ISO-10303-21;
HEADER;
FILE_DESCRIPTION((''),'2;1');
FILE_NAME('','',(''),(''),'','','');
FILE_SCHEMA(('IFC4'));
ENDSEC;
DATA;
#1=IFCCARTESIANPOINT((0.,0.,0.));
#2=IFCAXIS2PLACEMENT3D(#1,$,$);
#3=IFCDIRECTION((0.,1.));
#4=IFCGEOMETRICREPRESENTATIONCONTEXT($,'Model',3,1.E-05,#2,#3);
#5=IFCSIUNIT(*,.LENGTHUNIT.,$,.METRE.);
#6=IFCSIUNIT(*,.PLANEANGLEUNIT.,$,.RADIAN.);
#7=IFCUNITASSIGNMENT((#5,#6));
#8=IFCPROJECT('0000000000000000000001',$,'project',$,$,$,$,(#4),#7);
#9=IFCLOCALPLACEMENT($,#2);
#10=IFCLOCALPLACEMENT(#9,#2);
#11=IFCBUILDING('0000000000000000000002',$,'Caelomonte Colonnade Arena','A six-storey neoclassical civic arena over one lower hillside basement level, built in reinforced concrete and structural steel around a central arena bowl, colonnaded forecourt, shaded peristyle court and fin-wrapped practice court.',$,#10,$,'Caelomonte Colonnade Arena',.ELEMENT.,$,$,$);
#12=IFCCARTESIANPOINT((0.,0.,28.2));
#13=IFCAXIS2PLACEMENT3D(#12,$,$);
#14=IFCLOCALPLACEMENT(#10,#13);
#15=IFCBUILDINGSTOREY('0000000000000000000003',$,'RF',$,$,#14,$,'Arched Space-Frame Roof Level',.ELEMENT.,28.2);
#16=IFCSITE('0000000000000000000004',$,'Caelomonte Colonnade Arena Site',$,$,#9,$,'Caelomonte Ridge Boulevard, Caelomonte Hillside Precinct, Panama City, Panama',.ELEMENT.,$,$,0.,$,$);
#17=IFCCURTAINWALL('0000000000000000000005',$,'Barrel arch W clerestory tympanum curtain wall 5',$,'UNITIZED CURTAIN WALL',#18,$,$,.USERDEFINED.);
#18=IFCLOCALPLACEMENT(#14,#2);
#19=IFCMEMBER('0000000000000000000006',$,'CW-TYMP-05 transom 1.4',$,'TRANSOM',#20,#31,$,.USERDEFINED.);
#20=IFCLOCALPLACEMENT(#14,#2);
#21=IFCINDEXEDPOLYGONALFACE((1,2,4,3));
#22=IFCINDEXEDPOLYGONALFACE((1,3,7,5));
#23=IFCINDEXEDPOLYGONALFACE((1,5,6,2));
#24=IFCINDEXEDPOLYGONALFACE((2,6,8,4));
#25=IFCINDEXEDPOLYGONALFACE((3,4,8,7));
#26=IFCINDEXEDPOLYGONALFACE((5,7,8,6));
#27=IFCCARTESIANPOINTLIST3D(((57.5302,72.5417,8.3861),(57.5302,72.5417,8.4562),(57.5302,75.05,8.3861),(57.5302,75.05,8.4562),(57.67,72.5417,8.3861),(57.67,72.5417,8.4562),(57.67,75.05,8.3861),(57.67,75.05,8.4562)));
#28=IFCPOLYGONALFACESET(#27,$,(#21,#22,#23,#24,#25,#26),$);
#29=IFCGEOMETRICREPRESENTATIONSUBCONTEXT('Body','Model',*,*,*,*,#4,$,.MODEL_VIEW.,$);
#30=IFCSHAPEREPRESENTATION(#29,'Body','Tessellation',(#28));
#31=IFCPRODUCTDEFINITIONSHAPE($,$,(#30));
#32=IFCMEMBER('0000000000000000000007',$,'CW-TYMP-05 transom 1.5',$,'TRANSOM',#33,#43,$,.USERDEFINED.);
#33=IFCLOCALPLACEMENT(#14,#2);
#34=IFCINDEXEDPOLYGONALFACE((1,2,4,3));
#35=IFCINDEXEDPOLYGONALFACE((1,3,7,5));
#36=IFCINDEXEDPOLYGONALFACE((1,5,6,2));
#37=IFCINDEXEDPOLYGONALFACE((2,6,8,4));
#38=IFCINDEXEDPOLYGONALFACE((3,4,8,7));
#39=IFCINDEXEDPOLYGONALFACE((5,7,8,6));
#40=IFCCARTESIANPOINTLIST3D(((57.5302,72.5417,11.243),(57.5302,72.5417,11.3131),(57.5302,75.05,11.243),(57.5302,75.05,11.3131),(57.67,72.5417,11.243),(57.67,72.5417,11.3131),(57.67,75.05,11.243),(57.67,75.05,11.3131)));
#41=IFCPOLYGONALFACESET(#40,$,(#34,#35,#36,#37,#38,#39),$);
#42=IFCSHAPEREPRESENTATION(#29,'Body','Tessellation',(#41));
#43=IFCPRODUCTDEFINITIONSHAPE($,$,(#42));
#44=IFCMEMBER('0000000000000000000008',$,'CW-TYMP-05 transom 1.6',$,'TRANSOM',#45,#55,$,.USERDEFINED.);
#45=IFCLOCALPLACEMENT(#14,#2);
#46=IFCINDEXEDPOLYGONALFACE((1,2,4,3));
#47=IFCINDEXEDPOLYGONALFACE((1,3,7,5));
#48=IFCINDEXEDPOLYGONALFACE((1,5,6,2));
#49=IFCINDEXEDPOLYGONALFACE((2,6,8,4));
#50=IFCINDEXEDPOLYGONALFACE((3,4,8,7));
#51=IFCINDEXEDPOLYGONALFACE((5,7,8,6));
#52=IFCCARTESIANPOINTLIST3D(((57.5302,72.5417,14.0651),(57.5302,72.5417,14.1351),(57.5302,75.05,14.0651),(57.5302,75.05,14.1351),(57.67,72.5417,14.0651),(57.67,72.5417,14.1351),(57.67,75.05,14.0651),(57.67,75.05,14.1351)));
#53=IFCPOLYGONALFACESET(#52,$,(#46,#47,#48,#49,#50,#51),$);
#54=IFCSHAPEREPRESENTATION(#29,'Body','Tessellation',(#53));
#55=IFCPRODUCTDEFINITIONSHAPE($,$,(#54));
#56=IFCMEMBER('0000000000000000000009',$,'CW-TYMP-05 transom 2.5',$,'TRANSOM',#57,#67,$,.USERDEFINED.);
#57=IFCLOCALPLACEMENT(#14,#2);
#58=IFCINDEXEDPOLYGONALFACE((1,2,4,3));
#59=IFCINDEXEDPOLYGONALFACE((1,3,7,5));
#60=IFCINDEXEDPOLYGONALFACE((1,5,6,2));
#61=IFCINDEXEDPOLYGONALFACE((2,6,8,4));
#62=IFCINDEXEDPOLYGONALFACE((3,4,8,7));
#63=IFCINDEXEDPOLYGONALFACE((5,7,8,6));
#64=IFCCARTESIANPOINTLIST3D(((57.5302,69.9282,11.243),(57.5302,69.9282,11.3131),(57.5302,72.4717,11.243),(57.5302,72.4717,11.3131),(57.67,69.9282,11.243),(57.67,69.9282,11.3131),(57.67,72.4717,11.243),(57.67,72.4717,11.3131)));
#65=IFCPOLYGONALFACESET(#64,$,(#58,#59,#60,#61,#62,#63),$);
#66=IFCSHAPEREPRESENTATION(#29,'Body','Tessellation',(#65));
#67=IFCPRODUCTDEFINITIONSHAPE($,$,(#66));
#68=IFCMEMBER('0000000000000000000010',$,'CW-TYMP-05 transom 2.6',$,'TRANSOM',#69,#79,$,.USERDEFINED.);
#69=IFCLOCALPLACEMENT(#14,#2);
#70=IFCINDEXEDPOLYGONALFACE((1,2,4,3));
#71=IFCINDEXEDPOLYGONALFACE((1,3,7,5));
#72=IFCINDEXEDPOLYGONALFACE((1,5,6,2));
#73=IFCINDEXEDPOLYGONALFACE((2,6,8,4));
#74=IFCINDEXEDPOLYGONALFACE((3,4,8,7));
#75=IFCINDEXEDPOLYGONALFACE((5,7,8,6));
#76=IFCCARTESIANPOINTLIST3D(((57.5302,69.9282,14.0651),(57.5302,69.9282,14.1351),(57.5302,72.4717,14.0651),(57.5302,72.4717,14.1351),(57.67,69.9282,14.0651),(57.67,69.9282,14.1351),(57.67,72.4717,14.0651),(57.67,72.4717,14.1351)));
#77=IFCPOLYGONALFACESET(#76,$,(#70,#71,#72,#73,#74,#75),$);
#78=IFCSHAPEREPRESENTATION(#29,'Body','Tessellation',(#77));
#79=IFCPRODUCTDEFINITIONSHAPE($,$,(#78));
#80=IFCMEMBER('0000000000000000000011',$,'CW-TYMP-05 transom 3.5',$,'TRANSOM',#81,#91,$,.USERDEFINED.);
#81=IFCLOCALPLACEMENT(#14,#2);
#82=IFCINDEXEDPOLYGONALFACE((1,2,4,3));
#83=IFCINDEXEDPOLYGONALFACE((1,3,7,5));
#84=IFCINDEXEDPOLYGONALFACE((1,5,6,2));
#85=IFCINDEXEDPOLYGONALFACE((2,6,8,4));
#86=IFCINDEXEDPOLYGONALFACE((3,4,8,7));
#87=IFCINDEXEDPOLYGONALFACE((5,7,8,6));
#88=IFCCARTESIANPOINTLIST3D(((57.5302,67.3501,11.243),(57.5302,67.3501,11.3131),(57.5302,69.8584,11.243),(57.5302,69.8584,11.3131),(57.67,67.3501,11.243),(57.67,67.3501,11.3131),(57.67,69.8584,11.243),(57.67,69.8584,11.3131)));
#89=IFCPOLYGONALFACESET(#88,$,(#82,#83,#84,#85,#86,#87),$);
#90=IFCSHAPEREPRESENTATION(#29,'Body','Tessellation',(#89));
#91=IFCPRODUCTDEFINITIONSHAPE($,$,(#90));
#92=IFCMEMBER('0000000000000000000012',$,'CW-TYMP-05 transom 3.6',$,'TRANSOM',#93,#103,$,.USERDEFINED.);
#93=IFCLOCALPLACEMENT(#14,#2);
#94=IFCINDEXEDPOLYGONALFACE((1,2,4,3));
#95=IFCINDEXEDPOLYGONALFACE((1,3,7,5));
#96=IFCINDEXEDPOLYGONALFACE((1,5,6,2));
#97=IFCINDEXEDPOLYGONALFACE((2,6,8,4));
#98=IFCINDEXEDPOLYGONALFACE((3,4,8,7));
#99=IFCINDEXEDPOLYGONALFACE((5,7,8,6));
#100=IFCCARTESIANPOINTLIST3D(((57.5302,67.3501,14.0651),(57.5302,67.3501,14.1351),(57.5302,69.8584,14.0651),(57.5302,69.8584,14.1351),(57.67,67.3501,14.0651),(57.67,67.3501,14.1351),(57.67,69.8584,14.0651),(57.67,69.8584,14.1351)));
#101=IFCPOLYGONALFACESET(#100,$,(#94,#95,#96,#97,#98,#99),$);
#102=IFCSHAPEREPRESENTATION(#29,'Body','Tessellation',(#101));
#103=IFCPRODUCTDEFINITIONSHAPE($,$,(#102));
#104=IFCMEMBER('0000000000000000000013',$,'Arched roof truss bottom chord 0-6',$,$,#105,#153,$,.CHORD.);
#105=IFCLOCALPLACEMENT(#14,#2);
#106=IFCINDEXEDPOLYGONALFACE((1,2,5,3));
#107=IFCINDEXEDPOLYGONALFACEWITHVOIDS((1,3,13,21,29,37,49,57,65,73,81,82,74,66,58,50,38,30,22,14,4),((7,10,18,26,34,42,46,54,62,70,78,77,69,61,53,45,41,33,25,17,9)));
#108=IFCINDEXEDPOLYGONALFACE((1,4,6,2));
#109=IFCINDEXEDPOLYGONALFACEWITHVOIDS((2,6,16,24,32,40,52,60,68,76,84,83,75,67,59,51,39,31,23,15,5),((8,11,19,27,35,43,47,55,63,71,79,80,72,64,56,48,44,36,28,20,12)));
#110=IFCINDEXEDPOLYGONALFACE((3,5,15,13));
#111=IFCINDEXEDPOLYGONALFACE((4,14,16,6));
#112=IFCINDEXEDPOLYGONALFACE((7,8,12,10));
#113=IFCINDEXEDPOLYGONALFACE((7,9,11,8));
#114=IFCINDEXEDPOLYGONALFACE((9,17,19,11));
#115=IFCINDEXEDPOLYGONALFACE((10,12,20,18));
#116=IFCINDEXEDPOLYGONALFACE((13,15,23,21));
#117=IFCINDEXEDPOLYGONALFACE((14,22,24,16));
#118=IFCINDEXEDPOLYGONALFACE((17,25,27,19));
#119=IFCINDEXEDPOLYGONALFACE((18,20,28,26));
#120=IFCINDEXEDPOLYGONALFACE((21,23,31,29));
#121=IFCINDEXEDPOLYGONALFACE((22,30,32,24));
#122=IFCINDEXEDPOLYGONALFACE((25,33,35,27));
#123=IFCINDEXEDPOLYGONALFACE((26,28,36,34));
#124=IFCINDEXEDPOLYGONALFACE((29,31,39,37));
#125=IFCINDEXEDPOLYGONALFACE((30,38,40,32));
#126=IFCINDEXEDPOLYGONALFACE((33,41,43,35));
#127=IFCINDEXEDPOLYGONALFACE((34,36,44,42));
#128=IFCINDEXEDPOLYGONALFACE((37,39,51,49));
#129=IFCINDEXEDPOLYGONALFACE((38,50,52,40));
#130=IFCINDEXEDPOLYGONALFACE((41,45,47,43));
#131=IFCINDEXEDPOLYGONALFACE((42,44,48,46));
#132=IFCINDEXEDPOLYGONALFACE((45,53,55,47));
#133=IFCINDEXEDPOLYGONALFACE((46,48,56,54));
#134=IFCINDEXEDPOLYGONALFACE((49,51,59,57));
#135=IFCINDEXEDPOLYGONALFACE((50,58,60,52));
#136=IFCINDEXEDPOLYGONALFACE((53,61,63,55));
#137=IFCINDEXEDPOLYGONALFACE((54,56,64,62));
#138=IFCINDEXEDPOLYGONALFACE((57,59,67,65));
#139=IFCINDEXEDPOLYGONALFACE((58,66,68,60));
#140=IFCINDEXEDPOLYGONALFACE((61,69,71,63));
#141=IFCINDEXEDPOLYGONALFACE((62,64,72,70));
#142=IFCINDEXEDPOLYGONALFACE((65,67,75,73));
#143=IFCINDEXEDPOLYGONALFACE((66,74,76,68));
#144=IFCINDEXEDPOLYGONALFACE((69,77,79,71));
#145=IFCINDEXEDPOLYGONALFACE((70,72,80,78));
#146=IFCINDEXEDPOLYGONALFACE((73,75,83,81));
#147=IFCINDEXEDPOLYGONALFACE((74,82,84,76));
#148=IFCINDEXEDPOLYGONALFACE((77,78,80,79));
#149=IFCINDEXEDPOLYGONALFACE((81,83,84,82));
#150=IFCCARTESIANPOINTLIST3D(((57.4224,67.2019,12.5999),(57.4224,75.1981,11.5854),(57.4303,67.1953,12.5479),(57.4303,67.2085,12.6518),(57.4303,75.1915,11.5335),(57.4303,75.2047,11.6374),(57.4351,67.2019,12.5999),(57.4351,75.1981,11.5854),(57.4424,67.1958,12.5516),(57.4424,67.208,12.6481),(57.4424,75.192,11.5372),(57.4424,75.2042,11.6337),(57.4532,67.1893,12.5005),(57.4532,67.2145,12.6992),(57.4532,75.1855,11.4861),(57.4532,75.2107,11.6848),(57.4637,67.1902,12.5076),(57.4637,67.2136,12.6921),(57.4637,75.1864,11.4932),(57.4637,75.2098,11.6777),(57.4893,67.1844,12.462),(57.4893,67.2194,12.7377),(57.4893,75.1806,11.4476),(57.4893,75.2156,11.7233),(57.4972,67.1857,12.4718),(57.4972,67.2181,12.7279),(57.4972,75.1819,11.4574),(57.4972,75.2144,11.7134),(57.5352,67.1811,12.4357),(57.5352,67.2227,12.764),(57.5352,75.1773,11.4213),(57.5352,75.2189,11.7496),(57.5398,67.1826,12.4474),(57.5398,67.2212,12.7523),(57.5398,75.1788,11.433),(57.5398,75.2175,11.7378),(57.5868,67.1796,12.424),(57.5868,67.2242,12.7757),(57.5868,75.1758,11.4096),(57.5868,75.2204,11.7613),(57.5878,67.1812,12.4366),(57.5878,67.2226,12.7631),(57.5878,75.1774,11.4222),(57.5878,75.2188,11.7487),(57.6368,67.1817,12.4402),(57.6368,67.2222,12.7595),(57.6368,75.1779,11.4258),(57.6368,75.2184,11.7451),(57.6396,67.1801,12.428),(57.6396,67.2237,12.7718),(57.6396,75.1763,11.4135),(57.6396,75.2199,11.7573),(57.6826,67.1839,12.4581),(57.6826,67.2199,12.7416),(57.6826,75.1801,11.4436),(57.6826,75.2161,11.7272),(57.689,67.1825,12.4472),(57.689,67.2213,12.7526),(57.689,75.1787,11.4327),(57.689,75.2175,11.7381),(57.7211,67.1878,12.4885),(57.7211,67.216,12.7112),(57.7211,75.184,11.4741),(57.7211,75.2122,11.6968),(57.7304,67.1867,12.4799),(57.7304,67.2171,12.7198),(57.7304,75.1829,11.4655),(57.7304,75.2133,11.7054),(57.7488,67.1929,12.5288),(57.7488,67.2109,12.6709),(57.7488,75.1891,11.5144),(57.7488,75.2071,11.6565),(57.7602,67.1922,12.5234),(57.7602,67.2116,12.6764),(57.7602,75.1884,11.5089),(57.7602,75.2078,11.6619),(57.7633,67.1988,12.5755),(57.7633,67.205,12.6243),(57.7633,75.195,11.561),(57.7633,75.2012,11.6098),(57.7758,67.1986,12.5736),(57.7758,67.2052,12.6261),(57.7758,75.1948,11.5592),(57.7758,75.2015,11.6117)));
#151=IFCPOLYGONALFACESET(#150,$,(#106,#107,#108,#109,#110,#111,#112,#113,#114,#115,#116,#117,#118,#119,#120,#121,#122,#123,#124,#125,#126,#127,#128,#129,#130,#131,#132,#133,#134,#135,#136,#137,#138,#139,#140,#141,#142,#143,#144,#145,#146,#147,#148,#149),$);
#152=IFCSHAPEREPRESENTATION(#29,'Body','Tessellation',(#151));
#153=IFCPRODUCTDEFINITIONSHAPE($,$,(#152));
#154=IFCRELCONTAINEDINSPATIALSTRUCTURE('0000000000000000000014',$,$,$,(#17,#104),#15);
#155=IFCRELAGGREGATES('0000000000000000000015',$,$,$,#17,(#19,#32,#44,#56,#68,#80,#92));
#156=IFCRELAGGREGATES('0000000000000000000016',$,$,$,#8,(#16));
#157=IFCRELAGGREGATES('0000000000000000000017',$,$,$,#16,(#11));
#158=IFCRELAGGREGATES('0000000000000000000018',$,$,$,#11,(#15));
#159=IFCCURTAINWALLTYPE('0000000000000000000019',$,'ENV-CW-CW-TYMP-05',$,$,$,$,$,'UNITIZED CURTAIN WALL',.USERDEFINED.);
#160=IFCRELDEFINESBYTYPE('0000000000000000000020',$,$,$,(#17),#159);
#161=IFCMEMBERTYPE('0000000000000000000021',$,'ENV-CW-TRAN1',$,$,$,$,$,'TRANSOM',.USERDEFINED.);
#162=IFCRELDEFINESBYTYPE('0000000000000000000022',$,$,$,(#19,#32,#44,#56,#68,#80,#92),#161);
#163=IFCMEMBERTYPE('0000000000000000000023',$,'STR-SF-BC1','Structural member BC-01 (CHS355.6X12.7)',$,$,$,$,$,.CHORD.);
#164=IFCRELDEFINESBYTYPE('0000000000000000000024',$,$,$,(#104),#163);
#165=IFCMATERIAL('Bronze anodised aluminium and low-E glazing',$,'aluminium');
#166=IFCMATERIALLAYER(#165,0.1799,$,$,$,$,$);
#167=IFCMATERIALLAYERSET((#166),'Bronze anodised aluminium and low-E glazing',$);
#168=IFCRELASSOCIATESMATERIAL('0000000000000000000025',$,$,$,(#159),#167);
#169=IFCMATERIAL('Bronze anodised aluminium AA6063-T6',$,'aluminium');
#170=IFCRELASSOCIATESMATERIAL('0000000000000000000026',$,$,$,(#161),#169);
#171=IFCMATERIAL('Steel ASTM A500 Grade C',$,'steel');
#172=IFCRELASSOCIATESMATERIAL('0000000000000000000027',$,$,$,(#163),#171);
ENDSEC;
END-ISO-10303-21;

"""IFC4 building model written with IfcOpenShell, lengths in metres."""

from ifc_helpers import new_model, si_unit, direction, frame, origin, origin_2d, place, context, subcontext, project, spatial, rectangle, hollow_circle, extrude, material, layer, layer_set, material_profile, profile_set, type_object, element, aggregate, save


model = new_model("IFC4")

# Units and contexts
model_context = context("Model", 3, precision=1e-05, world=origin(), true_north=direction((0.0, 1.0)))
body_context = subcontext(model_context, "Body", "Model", "MODEL_VIEW")
ifc_project = project(units=[si_unit("LENGTHUNIT", "METRE"), si_unit("PLANEANGLEUNIT", "RADIAN")], contexts=[model_context])

# Site, building, storey
site_placement = place(None, origin())
site = spatial("IfcSite", under=ifc_project, at=site_placement, Name="Caelomonte Colonnade Arena Site", LongName="Caelomonte Ridge Boulevard, Caelomonte Hillside Precinct, Panama City, Panama", CompositionType="ELEMENT", RefElevation=0.0)
building_placement = place(site_placement, origin())
building = spatial("IfcBuilding", under=site, at=building_placement, Name="Caelomonte Colonnade Arena", Description="A six-storey neoclassical civic arena over one lower hillside basement level, built in reinforced concrete and structural steel around a central arena bowl, colonnaded forecourt, shaded peristyle court and fin-wrapped practice court.", LongName="Caelomonte Colonnade Arena", CompositionType="ELEMENT")
storey_placement = place(building_placement, frame((0.0, 0.0, 28.2)))
storey = spatial("IfcBuildingStorey", under=building, at=storey_placement, Name="RF", LongName="Arched Space-Frame Roof Level", CompositionType="ELEMENT", Elevation=28.2)

# Curtain wall, members
ifc_material_1 = material(Name="Bronze anodised aluminium and low-E glazing", Category="aluminium")
ifc_layer_1 = layer(ifc_material_1, 0.1799)
ifc_layer_set_1 = layer_set([ifc_layer_1], Name="Bronze anodised aluminium and low-E glazing")
curtain_wall_type_1 = type_object("IfcCurtainWallType", Name="ENV-CW-CW-TYMP-05", ElementType="UNITIZED CURTAIN WALL", PredefinedType="USERDEFINED", material=ifc_layer_set_1)
curtain_wall_1_placement = place(storey_placement, origin())
curtain_wall_1 = element("IfcCurtainWall", 1, at=curtain_wall_1_placement, inside=storey, type_object=curtain_wall_type_1, Name="Barrel arch W clerestory tympanum curtain wall 5", ObjectType="UNITIZED CURTAIN WALL", PredefinedType="USERDEFINED")
ifc_material_2 = material(Name="Bronze anodised aluminium AA6063-T6", Category="aluminium")
ifc_material_profile_1 = material_profile(ifc_material_2, rectangle(XDim=0.0701, YDim=0.1399, at=origin_2d()), Name="CWT-70X140")
ifc_profile_set_1 = profile_set([ifc_material_profile_1], Name="Bronze anodised aluminium AA6063-T6")
member_type_1 = type_object("IfcMemberType", Name="ENV-CW-TRAN1", ElementType="TRANSOM", PredefinedType="USERDEFINED", material=ifc_profile_set_1)
member_1_placement = place(storey_placement, frame((57.6001, 75.05, 8.4211), z_axis=(0.0, -1.0, 0.0), x_axis=(0.0, 0.0, 1.0)))
member_1 = element("IfcMember", 2, at=member_1_placement, type_object=member_type_1, Name="CW-TYMP-05 transom 1.4", ObjectType="TRANSOM", PredefinedType="USERDEFINED", context=body_context, shape_type="SweptSolid", body=[
    extrude(rectangle(XDim=0.0701, YDim=0.1399, at=origin_2d()), origin(), (0.0, 0.0, 1.0), 2.5083),
])
member_2_placement = place(storey_placement, frame((57.6001, 75.05, 11.2781), z_axis=(0.0, -1.0, 0.0), x_axis=(0.0, 0.0, 1.0)))
member_2 = element("IfcMember", 3, at=member_2_placement, type_object=member_type_1, Name="CW-TYMP-05 transom 1.5", ObjectType="TRANSOM", PredefinedType="USERDEFINED", context=body_context, shape_type="SweptSolid", body=[
    extrude(rectangle(XDim=0.0701, YDim=0.1399, at=origin_2d()), origin(), (0.0, 0.0, 1.0), 2.5083),
])
member_3_placement = place(storey_placement, frame((57.6001, 75.05, 14.1001), z_axis=(0.0, -1.0, 0.0), x_axis=(0.0, 0.0, 1.0)))
member_3 = element("IfcMember", 4, at=member_3_placement, type_object=member_type_1, Name="CW-TYMP-05 transom 1.6", ObjectType="TRANSOM", PredefinedType="USERDEFINED", context=body_context, shape_type="SweptSolid", body=[
    extrude(rectangle(XDim=0.0701, YDim=0.1399, at=origin_2d()), origin(), (0.0, 0.0, 1.0), 2.5083),
])
member_4_placement = place(storey_placement, frame((57.6001, 72.4717, 11.2781), z_axis=(0.0, -1.0, 0.0), x_axis=(0.0, 0.0, 1.0)))
member_4 = element("IfcMember", 5, at=member_4_placement, type_object=member_type_1, Name="CW-TYMP-05 transom 2.5", ObjectType="TRANSOM", PredefinedType="USERDEFINED", context=body_context, shape_type="SweptSolid", body=[
    extrude(rectangle(XDim=0.0701, YDim=0.1399, at=origin_2d()), origin(), (0.0, 0.0, 1.0), 2.5435),
])
member_5_placement = place(storey_placement, frame((57.6001, 72.4717, 14.1001), z_axis=(0.0, -1.0, 0.0), x_axis=(0.0, 0.0, 1.0)))
member_5 = element("IfcMember", 6, at=member_5_placement, type_object=member_type_1, Name="CW-TYMP-05 transom 2.6", ObjectType="TRANSOM", PredefinedType="USERDEFINED", context=body_context, shape_type="SweptSolid", body=[
    extrude(rectangle(XDim=0.0701, YDim=0.1399, at=origin_2d()), origin(), (0.0, 0.0, 1.0), 2.5435),
])
member_6_placement = place(storey_placement, frame((57.6001, 69.8584, 11.2781), z_axis=(0.0, -1.0, 0.0), x_axis=(0.0, 0.0, 1.0)))
member_6 = element("IfcMember", 7, at=member_6_placement, type_object=member_type_1, Name="CW-TYMP-05 transom 3.5", ObjectType="TRANSOM", PredefinedType="USERDEFINED", context=body_context, shape_type="SweptSolid", body=[
    extrude(rectangle(XDim=0.0701, YDim=0.1399, at=origin_2d()), origin(), (0.0, 0.0, 1.0), 2.5083),
])
member_7_placement = place(storey_placement, frame((57.6001, 69.8584, 14.1001), z_axis=(0.0, -1.0, 0.0), x_axis=(0.0, 0.0, 1.0)))
member_7 = element("IfcMember", 8, at=member_7_placement, type_object=member_type_1, Name="CW-TYMP-05 transom 3.6", ObjectType="TRANSOM", PredefinedType="USERDEFINED", context=body_context, shape_type="SweptSolid", body=[
    extrude(rectangle(XDim=0.0701, YDim=0.1399, at=origin_2d()), origin(), (0.0, 0.0, 1.0), 2.5083),
])

# Member
ifc_material_3 = material(Name="Steel ASTM A500 Grade C", Category="steel")
ifc_material_profile_2 = material_profile(ifc_material_3, hollow_circle(Radius=0.1777, WallThickness=0.0127, at=origin_2d()), Name="CHS355.6X12.7")
ifc_profile_set_2 = profile_set([ifc_material_profile_2], Name="Steel ASTM A500 Grade C")
member_type_2 = type_object("IfcMemberType", Name="STR-SF-BC1", Description="Structural member BC-01 (CHS355.6X12.7)", PredefinedType="CHORD", material=ifc_profile_set_2)
member_8_placement = place(storey_placement, frame((57.6001, 67.2019, 12.5999), z_axis=(0.0, 0.992049, -0.125854), x_axis=(-1.0, 0.0, 0.0)))
element("IfcMember", 9, at=member_8_placement, inside=storey, type_object=member_type_2, Name="Arched roof truss bottom chord 0-6", PredefinedType="CHORD", context=body_context, shape_type="SweptSolid", body=[
    extrude(hollow_circle(Radius=0.1777, WallThickness=0.0127, at=origin_2d()), origin(), (0.0, 0.0, 1.0), 8.0603),
])

aggregate(curtain_wall_1, [member_1, member_2, member_3, member_4, member_5, member_6, member_7])

save(model, "model.ifc")
